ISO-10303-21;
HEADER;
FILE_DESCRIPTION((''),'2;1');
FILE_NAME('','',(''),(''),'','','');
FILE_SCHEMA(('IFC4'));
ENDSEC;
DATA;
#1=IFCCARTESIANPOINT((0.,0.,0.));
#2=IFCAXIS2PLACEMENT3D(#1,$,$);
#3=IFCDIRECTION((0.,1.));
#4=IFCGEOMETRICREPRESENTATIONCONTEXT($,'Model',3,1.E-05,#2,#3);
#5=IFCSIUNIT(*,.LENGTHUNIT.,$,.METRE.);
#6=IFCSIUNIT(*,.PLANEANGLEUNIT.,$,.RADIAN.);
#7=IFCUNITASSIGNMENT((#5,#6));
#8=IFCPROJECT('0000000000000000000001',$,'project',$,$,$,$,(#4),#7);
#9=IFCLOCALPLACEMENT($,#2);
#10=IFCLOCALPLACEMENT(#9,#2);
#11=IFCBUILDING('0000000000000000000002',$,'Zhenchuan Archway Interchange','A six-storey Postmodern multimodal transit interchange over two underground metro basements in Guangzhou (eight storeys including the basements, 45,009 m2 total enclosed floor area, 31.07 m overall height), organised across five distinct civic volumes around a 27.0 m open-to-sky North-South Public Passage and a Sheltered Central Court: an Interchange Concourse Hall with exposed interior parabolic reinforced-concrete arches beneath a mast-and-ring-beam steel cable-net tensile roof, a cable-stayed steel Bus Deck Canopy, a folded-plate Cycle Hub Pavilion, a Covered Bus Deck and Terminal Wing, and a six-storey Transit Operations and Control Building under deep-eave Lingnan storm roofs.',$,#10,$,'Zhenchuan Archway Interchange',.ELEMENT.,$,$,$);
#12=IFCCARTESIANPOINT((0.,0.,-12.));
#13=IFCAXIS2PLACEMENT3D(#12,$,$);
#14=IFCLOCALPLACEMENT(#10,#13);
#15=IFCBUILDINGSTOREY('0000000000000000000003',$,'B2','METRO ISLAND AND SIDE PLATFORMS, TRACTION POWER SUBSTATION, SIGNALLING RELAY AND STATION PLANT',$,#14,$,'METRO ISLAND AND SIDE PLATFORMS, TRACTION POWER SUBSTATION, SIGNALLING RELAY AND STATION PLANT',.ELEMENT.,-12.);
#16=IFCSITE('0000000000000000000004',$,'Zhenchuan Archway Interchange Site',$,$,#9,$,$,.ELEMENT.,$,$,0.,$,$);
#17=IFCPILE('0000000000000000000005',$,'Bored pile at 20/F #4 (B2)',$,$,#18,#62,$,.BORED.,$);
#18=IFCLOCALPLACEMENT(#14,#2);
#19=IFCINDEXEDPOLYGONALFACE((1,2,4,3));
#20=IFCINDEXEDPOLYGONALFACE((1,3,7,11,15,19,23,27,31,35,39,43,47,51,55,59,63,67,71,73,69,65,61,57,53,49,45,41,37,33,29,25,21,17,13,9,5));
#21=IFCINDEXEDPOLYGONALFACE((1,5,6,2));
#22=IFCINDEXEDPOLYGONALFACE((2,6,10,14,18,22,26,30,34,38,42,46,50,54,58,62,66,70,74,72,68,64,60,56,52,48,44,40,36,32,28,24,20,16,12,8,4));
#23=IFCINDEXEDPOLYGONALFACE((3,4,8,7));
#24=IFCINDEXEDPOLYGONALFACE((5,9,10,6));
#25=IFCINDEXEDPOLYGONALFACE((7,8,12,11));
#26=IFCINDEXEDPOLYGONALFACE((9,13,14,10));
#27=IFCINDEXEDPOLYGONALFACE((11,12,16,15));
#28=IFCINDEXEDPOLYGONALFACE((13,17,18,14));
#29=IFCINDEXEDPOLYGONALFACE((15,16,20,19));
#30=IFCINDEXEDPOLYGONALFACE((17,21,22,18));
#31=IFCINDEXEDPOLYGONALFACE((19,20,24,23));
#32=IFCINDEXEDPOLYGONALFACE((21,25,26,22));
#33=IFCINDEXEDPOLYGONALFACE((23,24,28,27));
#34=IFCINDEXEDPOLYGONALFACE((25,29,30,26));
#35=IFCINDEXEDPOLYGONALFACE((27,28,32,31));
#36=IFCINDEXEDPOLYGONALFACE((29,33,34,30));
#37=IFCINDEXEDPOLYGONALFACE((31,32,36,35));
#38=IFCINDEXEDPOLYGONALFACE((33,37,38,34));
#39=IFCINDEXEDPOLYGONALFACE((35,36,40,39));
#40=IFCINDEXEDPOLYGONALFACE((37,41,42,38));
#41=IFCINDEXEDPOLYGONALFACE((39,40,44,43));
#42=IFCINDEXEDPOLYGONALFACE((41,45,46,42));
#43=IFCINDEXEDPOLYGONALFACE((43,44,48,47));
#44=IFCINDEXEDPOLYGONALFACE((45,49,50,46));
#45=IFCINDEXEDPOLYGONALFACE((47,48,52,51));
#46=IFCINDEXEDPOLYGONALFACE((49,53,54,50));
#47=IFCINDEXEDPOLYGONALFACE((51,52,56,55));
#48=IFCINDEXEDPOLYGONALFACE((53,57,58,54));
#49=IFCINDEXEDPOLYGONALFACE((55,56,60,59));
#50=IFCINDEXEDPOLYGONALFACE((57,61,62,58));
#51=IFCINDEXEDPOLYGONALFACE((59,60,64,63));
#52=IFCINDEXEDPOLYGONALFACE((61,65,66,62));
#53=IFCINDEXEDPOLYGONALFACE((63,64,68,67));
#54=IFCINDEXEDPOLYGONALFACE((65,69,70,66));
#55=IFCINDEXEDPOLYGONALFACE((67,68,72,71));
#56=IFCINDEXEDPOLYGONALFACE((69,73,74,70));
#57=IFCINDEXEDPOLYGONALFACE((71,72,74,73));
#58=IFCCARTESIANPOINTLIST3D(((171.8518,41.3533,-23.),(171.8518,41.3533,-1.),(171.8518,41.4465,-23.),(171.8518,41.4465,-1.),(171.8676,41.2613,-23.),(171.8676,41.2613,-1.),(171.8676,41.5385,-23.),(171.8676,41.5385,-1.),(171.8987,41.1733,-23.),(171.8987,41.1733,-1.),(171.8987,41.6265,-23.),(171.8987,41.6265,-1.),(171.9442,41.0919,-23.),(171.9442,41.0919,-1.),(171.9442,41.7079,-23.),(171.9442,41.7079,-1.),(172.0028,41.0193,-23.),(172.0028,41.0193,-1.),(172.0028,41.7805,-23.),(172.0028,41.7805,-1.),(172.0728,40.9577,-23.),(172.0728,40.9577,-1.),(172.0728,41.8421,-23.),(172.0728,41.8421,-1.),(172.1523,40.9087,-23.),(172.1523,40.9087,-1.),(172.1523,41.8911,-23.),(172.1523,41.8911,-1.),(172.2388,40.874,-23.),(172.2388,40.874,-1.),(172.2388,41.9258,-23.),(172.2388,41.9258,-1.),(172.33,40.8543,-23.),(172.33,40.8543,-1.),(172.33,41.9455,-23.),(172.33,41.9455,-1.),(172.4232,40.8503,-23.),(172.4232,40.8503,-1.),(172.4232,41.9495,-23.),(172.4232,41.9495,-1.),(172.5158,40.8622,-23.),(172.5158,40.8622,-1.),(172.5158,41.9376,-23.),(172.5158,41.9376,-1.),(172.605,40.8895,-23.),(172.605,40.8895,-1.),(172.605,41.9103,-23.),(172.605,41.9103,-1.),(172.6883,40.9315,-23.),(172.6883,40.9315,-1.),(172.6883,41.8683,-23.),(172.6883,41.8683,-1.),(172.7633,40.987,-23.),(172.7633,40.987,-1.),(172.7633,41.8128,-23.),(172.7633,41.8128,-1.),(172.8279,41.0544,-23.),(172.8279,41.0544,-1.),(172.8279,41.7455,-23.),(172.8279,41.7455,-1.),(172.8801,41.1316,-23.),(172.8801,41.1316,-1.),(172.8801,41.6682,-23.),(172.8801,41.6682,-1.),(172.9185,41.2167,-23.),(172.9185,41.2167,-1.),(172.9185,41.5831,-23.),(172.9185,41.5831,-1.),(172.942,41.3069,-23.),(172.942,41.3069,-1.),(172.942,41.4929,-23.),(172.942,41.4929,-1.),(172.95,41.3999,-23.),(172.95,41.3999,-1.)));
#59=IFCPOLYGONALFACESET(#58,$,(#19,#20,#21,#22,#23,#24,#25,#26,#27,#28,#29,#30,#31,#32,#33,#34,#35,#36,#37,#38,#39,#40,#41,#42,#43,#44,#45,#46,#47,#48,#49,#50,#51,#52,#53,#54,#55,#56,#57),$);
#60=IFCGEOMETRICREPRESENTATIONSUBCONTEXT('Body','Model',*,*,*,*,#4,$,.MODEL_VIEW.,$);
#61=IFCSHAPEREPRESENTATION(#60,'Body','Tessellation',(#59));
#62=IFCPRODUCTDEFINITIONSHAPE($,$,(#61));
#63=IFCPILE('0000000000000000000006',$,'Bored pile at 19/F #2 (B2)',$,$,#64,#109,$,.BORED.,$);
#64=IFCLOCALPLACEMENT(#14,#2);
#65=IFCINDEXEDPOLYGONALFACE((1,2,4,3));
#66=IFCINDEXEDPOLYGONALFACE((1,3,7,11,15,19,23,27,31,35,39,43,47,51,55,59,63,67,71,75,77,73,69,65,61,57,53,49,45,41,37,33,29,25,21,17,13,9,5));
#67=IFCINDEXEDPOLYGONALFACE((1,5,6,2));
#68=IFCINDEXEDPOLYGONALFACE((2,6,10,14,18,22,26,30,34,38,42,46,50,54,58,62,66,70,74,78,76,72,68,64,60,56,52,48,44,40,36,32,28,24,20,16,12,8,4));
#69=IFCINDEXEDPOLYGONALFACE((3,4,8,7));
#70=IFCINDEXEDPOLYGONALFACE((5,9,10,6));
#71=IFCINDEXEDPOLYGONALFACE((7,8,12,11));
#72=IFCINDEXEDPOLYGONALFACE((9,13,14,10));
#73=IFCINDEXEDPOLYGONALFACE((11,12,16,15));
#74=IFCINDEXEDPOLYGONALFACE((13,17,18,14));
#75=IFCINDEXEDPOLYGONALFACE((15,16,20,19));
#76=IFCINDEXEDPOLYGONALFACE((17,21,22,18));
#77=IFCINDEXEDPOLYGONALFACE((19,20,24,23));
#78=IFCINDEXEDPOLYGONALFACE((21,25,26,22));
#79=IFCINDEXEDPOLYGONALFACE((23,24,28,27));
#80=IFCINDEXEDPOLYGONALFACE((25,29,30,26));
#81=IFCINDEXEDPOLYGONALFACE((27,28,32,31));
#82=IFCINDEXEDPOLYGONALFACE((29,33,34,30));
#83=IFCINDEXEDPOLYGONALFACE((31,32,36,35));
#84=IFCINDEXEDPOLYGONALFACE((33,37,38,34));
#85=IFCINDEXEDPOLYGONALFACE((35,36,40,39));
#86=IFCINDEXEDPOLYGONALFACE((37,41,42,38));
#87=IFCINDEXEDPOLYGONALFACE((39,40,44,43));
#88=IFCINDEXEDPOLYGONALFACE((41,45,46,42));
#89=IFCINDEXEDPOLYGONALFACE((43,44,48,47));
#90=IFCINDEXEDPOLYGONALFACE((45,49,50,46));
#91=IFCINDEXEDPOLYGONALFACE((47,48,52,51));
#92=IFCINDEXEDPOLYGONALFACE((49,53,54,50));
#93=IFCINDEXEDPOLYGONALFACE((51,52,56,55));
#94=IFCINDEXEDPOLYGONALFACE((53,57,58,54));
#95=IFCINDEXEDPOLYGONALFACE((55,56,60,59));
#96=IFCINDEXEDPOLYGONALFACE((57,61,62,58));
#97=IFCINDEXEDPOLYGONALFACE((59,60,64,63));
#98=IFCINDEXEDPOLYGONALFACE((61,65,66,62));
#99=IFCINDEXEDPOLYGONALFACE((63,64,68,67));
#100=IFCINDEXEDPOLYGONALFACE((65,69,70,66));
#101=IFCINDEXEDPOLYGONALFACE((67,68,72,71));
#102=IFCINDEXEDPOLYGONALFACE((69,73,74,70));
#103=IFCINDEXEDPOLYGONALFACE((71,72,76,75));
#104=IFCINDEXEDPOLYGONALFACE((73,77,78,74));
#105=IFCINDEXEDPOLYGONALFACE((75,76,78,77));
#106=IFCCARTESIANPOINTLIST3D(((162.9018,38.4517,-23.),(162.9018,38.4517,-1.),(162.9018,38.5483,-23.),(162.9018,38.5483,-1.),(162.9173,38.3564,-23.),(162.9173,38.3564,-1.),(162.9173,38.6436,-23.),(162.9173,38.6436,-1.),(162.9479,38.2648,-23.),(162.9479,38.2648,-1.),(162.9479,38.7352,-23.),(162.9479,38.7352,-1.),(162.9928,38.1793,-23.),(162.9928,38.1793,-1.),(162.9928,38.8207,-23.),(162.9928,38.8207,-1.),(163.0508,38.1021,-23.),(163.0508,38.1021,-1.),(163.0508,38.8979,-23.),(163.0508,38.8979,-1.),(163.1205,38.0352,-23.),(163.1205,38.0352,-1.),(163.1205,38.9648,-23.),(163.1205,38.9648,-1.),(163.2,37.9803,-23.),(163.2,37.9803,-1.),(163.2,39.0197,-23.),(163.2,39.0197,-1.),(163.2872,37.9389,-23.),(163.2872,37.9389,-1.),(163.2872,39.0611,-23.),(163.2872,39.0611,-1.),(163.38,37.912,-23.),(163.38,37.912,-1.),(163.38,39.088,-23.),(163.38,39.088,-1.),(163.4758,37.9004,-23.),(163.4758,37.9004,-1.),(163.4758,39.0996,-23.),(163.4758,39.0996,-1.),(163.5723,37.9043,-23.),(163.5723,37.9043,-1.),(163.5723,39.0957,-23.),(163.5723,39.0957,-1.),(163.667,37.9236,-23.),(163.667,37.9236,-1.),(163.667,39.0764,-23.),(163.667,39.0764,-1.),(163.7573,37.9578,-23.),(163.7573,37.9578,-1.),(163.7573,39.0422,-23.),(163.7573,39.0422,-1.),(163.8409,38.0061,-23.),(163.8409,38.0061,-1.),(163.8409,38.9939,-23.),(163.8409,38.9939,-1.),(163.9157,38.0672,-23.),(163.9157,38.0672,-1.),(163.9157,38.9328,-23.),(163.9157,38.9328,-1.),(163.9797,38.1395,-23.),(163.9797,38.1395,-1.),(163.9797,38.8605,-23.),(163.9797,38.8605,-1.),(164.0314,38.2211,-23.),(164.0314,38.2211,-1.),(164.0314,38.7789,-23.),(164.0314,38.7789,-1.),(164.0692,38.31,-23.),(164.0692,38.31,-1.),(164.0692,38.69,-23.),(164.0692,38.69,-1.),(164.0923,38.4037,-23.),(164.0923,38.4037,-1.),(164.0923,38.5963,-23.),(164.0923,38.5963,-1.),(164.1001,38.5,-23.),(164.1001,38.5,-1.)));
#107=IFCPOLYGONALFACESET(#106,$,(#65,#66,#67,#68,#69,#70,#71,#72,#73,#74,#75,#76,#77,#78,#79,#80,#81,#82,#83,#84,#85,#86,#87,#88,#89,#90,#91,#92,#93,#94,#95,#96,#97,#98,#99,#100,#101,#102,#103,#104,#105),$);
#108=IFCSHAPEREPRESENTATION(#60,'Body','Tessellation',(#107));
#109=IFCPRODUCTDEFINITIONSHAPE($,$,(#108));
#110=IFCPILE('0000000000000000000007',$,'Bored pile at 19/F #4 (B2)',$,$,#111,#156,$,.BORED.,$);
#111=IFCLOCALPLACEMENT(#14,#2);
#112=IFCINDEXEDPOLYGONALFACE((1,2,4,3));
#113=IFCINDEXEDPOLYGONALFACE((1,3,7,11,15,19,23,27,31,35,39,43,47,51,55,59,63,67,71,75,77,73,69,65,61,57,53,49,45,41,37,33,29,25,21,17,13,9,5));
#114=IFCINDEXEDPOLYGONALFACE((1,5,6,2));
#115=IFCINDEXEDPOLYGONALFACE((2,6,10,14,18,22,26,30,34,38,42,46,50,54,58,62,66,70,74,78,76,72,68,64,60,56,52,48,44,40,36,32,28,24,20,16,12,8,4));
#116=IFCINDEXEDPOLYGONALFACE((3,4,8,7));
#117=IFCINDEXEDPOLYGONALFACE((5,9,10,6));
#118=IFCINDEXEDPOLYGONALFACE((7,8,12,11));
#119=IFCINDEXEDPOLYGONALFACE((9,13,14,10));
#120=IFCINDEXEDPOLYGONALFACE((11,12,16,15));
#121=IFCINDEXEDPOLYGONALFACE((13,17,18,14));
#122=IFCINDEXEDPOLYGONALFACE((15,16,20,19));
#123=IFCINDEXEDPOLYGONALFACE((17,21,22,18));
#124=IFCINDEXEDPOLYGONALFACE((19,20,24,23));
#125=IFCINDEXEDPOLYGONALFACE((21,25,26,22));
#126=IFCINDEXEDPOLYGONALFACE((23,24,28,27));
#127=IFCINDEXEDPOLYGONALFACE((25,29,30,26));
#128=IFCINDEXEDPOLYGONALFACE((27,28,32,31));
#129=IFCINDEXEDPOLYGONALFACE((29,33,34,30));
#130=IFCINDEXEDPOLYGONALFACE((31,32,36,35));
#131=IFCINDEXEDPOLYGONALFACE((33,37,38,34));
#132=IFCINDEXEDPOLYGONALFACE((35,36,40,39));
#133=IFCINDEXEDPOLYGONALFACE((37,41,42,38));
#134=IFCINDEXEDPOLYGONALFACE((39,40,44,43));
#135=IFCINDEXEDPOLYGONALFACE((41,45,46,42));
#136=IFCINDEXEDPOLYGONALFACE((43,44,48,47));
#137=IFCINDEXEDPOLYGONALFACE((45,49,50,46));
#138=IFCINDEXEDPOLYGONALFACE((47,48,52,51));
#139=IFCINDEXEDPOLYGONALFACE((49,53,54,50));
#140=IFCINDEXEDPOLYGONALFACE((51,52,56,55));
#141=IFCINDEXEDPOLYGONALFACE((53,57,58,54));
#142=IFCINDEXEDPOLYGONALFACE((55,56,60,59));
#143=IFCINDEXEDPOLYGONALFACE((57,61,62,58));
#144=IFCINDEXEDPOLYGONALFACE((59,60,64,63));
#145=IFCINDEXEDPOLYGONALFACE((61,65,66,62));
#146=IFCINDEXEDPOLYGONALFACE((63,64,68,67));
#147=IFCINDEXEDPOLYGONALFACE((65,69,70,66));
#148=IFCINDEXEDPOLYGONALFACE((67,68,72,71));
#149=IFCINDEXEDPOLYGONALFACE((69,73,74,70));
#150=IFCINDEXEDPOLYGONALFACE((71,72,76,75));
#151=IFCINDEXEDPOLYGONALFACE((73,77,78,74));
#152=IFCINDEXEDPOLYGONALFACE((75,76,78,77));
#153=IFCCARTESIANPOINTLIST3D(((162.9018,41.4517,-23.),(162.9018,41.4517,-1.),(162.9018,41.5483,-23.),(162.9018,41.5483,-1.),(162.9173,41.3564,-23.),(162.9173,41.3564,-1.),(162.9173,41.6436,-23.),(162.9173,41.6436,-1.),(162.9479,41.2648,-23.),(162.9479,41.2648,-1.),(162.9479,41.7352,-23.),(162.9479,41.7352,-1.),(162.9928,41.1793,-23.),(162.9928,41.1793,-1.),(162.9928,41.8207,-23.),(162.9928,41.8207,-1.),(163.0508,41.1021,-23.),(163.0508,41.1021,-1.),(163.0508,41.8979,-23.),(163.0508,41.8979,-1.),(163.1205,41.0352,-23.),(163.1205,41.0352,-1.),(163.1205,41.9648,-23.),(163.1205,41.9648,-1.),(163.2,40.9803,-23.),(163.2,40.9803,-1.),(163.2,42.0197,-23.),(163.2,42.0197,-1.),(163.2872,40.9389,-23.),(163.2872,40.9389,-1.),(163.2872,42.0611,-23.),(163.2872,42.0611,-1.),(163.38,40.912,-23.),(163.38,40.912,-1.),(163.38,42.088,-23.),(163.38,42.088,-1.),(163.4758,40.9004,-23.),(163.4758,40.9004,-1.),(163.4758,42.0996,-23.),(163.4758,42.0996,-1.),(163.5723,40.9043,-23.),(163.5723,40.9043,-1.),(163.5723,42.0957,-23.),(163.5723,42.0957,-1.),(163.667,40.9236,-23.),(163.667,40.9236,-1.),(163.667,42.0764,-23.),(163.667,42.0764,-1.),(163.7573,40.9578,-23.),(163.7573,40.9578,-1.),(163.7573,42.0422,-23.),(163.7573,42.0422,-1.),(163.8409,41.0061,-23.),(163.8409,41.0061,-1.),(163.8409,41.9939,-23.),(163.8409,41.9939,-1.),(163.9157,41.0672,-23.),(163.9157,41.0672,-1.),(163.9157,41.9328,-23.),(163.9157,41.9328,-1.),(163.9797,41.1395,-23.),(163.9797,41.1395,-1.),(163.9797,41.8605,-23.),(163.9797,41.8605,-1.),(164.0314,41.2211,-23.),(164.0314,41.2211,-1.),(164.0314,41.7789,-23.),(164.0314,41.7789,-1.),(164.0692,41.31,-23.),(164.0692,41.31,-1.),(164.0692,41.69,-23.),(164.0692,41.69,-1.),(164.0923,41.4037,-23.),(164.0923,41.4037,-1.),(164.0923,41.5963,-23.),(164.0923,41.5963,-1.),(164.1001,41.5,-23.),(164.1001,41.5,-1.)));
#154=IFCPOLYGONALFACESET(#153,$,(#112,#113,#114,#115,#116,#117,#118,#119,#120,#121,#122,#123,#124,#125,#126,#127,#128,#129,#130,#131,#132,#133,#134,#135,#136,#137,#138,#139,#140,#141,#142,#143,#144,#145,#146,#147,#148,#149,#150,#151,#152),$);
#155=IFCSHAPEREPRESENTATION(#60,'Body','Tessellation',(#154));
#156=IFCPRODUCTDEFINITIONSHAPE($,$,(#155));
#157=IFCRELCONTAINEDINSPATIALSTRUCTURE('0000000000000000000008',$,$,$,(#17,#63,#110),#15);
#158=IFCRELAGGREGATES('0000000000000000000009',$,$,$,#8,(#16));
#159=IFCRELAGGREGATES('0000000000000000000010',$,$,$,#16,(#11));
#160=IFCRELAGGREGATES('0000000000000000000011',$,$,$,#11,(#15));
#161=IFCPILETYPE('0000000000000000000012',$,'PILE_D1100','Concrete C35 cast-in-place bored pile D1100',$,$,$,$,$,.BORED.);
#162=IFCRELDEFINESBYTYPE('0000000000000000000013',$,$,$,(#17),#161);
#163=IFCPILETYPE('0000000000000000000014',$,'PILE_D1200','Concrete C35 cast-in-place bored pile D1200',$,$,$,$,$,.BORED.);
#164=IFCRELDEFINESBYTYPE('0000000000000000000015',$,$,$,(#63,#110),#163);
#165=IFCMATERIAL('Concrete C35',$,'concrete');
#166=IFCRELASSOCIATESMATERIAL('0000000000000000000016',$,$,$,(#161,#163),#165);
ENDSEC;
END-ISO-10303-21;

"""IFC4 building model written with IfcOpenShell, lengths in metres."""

from ifc_helpers import new_model, si_unit, direction, frame, origin, origin_2d, place, context, subcontext, project, spatial, circle, extrude, material, material_profile, profile_set, type_object, element, save


model = new_model("IFC4")

# Units and contexts
model_context = context("Model", 3, precision=1e-05, world=origin(), true_north=direction((0.0, 1.0)))
body_context = subcontext(model_context, "Body", "Model", "MODEL_VIEW")
ifc_project = project(units=[si_unit("LENGTHUNIT", "METRE"), si_unit("PLANEANGLEUNIT", "RADIAN")], contexts=[model_context])

# Site, building, storey
site_placement = place(None, origin())
site = spatial("IfcSite", under=ifc_project, at=site_placement, Name="Zhenchuan Archway Interchange Site", CompositionType="ELEMENT", RefElevation=0.0)
building_placement = place(site_placement, origin())
building = spatial("IfcBuilding", under=site, at=building_placement, Name="Zhenchuan Archway Interchange", Description="A six-storey Postmodern multimodal transit interchange over two underground metro basements in Guangzhou (eight storeys including the basements, 45,009 m2 total enclosed floor area, 31.07 m overall height), organised across five distinct civic volumes around a 27.0 m open-to-sky North-South Public Passage and a Sheltered Central Court: an Interchange Concourse Hall with exposed interior parabolic reinforced-concrete arches beneath a mast-and-ring-beam steel cable-net tensile roof, a cable-stayed steel Bus Deck Canopy, a folded-plate Cycle Hub Pavilion, a Covered Bus Deck and Terminal Wing, and a six-storey Transit Operations and Control Building under deep-eave Lingnan storm roofs.", LongName="Zhenchuan Archway Interchange", CompositionType="ELEMENT")
storey_placement = place(building_placement, frame((0.0, 0.0, -12.0)))
storey = spatial("IfcBuildingStorey", under=building, at=storey_placement, Name="B2", Description="METRO ISLAND AND SIDE PLATFORMS, TRACTION POWER SUBSTATION, SIGNALLING RELAY AND STATION PLANT", LongName="METRO ISLAND AND SIDE PLATFORMS, TRACTION POWER SUBSTATION, SIGNALLING RELAY AND STATION PLANT", CompositionType="ELEMENT", Elevation=-12.0)

# Piles
ifc_material_1 = material(Name="Concrete C35", Category="concrete")
ifc_material_profile_1 = material_profile(ifc_material_1, circle(Radius=0.55, at=origin_2d()), Name="BORED PILE 1100")
ifc_profile_set_1 = profile_set([ifc_material_profile_1], Name="Concrete C35")
pile_type_1 = type_object("IfcPileType", Name="PILE_D1100", Description="Concrete C35 cast-in-place bored pile D1100", PredefinedType="BORED", material=ifc_profile_set_1)
for number, where, z_axis, x_axis, name in (
    (1, (172.3999, 41.3999, -1.0), (0.0, 0.0, -1.0), (1.0, 0.0, 0.0), "Bored pile at 20/F #4 (B2)"),
):
    element("IfcPile", number, at=place(storey_placement, frame(where, z_axis=z_axis, x_axis=x_axis)), inside=storey, type_object=pile_type_1, Name=name, PredefinedType="BORED", context=body_context, shape_type="SweptSolid", body=[
        extrude(circle(Radius=0.55, at=origin_2d()), origin(), (0.0, 0.0, 1.0), 22.0),
    ])
ifc_material_profile_2 = material_profile(ifc_material_1, circle(Radius=0.6001, at=origin_2d()), Name="BORED PILE 1200")
ifc_profile_set_2 = profile_set([ifc_material_profile_2], Name="Concrete C35")
pile_type_2 = type_object("IfcPileType", Name="PILE_D1200", Description="Concrete C35 cast-in-place bored pile D1200", PredefinedType="BORED", material=ifc_profile_set_2)
for number, where, z_axis, x_axis, name in (
    (2, (163.5, 38.5, -1.0), (0.0, 0.0, -1.0), (1.0, 0.0, 0.0), "Bored pile at 19/F #2 (B2)"),
    (3, (163.5, 41.5, -1.0), (0.0, 0.0, -1.0), (1.0, 0.0, 0.0), "Bored pile at 19/F #4 (B2)"),
):
    element("IfcPile", number, at=place(storey_placement, frame(where, z_axis=z_axis, x_axis=x_axis)), inside=storey, type_object=pile_type_2, Name=name, PredefinedType="BORED", context=body_context, shape_type="SweptSolid", body=[
        extrude(circle(Radius=0.6001, at=origin_2d()), origin(), (0.0, 0.0, 1.0), 22.0),
    ])

save(model, "model.ifc")
